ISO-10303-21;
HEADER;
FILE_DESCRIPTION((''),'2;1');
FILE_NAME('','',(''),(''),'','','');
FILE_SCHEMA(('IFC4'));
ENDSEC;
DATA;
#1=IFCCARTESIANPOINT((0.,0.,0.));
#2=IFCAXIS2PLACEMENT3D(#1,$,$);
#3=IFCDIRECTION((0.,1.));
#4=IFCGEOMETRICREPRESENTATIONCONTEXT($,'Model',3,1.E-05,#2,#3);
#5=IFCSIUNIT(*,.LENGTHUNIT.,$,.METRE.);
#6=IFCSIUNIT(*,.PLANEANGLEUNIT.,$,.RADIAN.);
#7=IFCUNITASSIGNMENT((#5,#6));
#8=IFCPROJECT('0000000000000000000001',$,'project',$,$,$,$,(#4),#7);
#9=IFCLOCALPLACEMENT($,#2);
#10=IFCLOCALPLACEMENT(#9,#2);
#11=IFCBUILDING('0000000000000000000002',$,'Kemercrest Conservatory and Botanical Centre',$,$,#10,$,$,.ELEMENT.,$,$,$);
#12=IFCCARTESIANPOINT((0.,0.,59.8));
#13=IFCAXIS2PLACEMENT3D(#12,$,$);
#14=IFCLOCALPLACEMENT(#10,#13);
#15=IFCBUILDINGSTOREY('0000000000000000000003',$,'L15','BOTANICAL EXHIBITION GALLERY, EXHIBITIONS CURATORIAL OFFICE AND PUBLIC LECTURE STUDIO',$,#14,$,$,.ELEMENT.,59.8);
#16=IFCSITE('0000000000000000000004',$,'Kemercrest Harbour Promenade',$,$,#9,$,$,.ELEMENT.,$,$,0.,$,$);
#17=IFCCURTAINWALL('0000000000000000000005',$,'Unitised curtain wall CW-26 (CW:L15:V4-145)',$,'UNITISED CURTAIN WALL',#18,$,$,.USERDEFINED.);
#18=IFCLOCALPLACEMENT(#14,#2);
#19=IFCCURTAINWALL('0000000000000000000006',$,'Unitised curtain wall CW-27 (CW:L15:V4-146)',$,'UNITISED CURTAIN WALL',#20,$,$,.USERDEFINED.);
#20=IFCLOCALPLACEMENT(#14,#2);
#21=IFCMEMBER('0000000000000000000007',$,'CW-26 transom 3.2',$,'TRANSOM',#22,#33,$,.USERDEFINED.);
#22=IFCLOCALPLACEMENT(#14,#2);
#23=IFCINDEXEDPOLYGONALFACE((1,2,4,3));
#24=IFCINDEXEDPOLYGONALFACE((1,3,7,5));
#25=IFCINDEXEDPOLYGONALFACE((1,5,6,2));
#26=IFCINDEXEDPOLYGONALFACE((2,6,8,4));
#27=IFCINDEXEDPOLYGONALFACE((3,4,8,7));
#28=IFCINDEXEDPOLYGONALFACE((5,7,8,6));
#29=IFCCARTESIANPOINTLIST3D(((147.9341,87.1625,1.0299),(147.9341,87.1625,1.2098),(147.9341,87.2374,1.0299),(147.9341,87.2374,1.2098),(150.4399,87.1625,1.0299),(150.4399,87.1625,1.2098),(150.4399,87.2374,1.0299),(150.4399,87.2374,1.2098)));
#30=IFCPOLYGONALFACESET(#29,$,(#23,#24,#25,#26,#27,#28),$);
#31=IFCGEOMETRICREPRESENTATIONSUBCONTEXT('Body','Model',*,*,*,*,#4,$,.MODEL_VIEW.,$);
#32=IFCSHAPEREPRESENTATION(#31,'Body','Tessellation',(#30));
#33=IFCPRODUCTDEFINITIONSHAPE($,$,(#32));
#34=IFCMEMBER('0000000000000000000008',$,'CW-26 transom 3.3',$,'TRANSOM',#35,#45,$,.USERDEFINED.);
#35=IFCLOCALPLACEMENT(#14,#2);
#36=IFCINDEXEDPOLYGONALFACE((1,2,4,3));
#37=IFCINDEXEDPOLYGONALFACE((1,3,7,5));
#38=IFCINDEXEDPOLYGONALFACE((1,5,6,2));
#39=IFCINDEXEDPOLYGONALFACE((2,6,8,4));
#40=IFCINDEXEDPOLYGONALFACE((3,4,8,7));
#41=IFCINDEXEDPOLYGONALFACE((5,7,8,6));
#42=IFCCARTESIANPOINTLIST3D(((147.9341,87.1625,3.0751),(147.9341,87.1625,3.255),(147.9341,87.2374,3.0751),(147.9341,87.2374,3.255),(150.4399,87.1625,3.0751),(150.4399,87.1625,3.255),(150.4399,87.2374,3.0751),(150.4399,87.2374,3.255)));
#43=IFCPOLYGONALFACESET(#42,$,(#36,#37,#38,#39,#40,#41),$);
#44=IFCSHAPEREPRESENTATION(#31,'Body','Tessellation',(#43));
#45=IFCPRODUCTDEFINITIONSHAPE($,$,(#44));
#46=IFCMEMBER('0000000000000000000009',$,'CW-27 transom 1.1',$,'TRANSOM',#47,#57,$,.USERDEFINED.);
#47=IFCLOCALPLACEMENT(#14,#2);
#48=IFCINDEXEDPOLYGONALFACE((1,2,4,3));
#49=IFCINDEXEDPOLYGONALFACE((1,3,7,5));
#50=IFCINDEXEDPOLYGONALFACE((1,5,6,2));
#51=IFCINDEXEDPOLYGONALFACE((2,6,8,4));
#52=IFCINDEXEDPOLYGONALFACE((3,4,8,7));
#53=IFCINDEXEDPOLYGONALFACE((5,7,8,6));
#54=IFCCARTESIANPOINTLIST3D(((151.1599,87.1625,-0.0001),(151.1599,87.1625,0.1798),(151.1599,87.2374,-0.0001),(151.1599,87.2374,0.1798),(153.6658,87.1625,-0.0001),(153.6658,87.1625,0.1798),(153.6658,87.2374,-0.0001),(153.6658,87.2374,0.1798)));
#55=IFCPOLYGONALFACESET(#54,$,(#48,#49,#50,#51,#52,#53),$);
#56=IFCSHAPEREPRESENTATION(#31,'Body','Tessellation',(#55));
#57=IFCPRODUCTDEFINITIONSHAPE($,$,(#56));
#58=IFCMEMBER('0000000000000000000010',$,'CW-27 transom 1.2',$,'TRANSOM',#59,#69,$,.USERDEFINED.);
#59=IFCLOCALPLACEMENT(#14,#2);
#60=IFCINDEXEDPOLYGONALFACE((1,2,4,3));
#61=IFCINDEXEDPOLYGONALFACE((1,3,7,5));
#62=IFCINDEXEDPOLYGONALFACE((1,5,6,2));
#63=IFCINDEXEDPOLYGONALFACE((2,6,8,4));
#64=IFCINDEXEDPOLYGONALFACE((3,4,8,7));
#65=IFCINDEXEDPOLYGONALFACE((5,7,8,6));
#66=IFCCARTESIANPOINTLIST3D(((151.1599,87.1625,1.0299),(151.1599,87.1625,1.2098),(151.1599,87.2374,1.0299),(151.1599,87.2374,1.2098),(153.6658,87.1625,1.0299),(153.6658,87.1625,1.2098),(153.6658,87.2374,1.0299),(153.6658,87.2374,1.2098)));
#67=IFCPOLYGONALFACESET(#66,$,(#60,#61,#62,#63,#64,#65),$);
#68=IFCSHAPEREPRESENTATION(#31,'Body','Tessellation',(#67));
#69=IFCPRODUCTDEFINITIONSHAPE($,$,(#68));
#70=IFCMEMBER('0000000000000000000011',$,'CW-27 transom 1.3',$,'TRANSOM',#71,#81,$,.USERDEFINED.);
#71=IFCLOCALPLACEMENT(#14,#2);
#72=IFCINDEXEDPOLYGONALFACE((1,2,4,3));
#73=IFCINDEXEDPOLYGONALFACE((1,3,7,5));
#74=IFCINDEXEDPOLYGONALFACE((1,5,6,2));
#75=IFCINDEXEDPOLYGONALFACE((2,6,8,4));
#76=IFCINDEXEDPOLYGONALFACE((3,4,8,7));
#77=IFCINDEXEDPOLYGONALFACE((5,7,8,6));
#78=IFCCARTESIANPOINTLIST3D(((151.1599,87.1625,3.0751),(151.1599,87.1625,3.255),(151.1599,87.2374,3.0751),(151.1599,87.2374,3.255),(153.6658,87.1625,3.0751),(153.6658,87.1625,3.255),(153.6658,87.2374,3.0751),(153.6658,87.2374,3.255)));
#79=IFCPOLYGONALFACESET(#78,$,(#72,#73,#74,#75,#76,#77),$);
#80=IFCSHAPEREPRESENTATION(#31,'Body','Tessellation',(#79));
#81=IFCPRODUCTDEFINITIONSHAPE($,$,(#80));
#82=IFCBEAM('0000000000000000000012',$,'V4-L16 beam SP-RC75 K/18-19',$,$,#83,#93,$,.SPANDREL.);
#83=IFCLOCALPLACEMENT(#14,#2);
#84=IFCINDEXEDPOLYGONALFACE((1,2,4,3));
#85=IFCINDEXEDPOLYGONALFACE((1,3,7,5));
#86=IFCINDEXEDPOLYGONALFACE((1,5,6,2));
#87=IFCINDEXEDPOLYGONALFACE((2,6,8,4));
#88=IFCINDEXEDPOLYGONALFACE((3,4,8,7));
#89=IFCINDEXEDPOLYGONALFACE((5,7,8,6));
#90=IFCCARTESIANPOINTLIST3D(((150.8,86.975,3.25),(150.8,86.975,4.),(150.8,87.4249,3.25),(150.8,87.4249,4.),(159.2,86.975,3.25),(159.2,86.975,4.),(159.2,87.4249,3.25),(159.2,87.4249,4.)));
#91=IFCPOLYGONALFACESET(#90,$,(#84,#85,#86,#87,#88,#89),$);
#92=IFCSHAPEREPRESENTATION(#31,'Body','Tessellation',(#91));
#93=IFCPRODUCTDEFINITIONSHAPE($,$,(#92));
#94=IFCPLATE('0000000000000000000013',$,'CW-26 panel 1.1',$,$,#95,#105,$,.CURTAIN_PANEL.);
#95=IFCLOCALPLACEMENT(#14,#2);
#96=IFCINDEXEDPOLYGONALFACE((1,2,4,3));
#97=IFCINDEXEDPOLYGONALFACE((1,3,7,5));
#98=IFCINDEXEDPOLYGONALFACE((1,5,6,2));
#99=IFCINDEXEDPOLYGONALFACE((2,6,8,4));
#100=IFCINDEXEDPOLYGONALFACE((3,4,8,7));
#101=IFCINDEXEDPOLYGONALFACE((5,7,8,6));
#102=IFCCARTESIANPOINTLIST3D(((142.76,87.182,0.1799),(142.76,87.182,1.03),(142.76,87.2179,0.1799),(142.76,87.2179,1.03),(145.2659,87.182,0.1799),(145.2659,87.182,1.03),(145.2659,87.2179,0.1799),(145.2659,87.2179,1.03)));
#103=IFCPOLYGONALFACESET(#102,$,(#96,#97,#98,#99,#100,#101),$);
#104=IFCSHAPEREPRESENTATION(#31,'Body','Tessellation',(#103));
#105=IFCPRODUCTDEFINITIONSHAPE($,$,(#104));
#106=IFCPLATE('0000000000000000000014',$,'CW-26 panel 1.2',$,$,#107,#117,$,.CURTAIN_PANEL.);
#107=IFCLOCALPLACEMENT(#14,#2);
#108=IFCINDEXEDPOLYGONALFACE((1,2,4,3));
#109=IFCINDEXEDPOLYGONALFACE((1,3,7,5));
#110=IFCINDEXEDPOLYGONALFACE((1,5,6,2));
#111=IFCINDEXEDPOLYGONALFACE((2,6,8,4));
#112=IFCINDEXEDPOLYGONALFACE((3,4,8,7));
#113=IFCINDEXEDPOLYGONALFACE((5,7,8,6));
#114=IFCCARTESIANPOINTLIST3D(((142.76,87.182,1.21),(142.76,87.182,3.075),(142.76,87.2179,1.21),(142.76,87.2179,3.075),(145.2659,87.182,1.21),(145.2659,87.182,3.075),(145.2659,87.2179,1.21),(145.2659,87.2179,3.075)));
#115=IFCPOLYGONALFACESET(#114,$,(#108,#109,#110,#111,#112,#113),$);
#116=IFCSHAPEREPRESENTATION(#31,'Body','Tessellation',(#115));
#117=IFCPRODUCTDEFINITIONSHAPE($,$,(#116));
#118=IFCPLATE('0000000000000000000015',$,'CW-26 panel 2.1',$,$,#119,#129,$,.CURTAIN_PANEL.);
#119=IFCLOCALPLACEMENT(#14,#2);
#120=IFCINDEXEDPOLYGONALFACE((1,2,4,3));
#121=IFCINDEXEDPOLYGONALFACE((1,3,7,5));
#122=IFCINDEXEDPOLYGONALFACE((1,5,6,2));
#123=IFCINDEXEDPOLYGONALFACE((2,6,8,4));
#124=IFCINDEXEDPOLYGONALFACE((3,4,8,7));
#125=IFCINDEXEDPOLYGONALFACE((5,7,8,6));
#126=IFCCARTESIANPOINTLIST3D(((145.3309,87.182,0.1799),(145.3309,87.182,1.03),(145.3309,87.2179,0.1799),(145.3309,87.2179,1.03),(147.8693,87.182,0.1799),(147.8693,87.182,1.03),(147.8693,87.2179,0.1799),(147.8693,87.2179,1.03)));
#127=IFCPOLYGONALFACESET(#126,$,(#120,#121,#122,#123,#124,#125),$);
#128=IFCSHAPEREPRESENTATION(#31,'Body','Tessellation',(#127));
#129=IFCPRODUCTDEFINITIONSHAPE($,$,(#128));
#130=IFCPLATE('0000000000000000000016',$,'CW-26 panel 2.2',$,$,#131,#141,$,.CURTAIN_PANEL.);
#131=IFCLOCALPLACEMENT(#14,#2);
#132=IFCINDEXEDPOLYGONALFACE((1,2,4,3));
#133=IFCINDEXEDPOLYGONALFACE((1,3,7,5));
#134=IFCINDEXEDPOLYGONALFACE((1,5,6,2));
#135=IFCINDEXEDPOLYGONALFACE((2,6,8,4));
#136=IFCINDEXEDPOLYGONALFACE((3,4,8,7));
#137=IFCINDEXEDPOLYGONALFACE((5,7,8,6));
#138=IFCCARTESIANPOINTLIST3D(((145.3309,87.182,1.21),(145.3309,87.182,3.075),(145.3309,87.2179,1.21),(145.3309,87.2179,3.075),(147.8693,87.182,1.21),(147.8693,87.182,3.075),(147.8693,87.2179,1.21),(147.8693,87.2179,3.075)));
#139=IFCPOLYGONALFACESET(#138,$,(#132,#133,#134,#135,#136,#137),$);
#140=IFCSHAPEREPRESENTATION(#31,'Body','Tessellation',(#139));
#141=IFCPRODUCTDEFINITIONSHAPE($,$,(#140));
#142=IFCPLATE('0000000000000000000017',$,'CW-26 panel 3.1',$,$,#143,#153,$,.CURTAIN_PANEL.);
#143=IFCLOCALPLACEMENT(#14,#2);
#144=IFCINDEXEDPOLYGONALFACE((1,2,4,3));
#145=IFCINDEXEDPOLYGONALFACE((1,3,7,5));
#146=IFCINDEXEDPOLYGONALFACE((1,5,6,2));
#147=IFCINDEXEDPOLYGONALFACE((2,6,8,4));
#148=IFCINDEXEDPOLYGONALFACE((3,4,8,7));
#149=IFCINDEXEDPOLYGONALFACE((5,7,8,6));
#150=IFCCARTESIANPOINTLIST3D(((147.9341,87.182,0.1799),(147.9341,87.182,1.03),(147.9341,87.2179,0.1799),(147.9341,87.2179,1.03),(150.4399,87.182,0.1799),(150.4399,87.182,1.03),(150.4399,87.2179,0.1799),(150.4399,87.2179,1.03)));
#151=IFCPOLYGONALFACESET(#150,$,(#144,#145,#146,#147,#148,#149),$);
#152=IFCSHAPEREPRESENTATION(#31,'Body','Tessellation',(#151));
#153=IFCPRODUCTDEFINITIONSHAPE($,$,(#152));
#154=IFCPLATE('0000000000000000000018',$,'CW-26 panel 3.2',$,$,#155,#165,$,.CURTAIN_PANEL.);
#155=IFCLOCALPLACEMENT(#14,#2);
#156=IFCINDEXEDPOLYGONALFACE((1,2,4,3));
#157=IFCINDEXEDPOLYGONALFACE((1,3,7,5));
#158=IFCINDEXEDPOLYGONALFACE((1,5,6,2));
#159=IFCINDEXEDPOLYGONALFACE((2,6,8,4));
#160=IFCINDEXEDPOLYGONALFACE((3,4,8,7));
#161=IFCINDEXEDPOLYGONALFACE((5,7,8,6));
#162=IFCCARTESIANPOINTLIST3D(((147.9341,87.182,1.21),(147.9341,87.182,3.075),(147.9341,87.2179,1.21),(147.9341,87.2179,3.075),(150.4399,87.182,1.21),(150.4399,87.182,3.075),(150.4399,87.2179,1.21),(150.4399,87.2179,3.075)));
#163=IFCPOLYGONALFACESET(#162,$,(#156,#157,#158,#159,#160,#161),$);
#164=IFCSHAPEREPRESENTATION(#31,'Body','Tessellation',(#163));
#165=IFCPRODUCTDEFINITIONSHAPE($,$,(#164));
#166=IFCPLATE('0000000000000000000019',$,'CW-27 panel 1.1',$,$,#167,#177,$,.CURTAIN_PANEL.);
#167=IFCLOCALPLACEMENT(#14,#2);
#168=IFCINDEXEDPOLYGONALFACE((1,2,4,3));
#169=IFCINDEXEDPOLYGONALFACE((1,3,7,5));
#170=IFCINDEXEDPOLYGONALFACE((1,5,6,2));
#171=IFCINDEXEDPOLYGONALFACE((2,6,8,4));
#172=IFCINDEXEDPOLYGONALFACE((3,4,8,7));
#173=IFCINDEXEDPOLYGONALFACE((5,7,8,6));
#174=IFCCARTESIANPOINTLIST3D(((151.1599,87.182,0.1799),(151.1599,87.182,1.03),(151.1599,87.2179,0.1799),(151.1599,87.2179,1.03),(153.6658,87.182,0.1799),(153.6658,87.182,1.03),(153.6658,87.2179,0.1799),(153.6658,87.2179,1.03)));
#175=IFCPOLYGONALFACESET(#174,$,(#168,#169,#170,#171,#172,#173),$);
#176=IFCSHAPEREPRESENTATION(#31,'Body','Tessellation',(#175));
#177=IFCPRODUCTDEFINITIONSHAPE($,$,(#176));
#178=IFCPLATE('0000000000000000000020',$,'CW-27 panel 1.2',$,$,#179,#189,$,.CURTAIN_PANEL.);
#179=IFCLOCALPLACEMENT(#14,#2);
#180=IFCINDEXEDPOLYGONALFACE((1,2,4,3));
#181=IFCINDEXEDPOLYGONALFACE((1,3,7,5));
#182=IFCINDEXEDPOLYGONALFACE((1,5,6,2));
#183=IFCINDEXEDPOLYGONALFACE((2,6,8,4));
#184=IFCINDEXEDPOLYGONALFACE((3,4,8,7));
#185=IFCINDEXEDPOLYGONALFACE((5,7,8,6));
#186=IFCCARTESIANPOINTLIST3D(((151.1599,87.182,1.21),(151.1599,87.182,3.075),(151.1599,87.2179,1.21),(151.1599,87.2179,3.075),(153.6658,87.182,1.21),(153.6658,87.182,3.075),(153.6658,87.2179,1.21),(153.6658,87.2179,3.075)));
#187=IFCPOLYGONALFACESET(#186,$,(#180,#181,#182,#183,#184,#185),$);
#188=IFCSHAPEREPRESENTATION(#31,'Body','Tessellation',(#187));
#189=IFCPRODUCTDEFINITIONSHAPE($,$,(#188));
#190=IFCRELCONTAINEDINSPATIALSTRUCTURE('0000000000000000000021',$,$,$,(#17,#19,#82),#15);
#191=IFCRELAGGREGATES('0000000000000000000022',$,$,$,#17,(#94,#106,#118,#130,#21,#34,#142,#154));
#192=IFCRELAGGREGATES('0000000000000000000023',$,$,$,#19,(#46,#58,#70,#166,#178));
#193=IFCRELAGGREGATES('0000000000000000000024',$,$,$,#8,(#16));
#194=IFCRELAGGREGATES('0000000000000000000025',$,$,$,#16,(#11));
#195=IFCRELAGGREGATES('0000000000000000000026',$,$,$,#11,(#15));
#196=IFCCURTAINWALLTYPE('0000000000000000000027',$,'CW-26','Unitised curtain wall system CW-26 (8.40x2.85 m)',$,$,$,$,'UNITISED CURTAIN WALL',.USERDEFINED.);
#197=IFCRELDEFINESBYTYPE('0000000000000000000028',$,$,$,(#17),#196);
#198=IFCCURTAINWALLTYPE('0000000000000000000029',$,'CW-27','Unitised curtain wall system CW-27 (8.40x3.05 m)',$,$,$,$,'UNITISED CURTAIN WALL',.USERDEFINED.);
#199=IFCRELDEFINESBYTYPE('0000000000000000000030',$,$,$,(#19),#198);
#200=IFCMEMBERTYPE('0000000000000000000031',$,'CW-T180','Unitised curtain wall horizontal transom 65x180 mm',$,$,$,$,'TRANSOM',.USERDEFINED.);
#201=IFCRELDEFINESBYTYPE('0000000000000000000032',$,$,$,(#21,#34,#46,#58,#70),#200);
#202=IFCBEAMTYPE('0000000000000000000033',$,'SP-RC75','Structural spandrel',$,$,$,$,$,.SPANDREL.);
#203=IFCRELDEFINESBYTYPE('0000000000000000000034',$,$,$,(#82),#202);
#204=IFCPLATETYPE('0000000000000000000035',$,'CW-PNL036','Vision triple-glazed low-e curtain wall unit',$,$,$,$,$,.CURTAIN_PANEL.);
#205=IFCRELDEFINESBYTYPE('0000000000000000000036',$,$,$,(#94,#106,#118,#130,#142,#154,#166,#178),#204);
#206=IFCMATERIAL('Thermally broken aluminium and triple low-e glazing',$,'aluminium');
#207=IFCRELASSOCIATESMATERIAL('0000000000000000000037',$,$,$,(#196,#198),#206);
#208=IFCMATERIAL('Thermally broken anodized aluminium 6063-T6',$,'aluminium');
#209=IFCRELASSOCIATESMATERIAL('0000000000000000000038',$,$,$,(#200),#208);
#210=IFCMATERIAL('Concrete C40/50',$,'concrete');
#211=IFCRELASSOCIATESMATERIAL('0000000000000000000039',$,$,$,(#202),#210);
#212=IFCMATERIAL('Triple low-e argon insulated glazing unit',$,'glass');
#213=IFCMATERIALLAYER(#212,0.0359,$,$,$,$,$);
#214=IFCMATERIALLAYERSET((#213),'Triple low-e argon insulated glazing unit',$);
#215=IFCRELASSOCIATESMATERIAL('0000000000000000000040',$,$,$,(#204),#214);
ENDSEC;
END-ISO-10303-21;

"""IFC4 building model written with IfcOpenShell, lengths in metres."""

from ifc_helpers import new_model, si_unit, direction, frame, origin, origin_2d, place, context, subcontext, project, spatial, rectangle, extrude, material, layer, layer_set, material_profile, profile_set, type_object, element, aggregate, save


model = new_model("IFC4")

# Units and contexts
model_context = context("Model", 3, precision=1e-05, world=origin(), true_north=direction((0.0, 1.0)))
body_context = subcontext(model_context, "Body", "Model", "MODEL_VIEW")
ifc_project = project(units=[si_unit("LENGTHUNIT", "METRE"), si_unit("PLANEANGLEUNIT", "RADIAN")], contexts=[model_context])

# Site, building, storey
site_placement = place(None, origin())
site = spatial("IfcSite", under=ifc_project, at=site_placement, Name="Kemercrest Harbour Promenade", CompositionType="ELEMENT", RefElevation=0.0)
building_placement = place(site_placement, origin())
building = spatial("IfcBuilding", under=site, at=building_placement, Name="Kemercrest Conservatory and Botanical Centre", CompositionType="ELEMENT")
storey_placement = place(building_placement, frame((0.0, 0.0, 59.8)))
storey = spatial("IfcBuildingStorey", under=building, at=storey_placement, Name="L15", Description="BOTANICAL EXHIBITION GALLERY, EXHIBITIONS CURATORIAL OFFICE AND PUBLIC LECTURE STUDIO", CompositionType="ELEMENT", Elevation=59.8)

# Shared definitions
ifc_material_1 = material(Name="Concrete C40/50", Category="concrete")

# Curtain wall
ifc_material_2 = material(Name="Thermally broken aluminium and triple low-e glazing", Category="aluminium")
curtain_wall_type_1 = type_object("IfcCurtainWallType", Name="CW-26", Description="Unitised curtain wall system CW-26 (8.40x2.85 m)", ElementType="UNITISED CURTAIN WALL", PredefinedType="USERDEFINED", material=ifc_material_2)
curtain_wall_1_placement = place(storey_placement, origin())
curtain_wall_1 = element("IfcCurtainWall", 1, at=curtain_wall_1_placement, inside=storey, type_object=curtain_wall_type_1, Name="Unitised curtain wall CW-26 (CW:L15:V4-145)", ObjectType="UNITISED CURTAIN WALL", PredefinedType="USERDEFINED")
ifc_material_3 = material(Name="Thermally broken anodized aluminium 6063-T6", Category="aluminium")

# Curtain wall
curtain_wall_type_2 = type_object("IfcCurtainWallType", Name="CW-27", Description="Unitised curtain wall system CW-27 (8.40x3.05 m)", ElementType="UNITISED CURTAIN WALL", PredefinedType="USERDEFINED", material=ifc_material_2)
curtain_wall_2_placement = place(storey_placement, origin())
curtain_wall_2 = element("IfcCurtainWall", 2, at=curtain_wall_2_placement, inside=storey, type_object=curtain_wall_type_2, Name="Unitised curtain wall CW-27 (CW:L15:V4-146)", ObjectType="UNITISED CURTAIN WALL", PredefinedType="USERDEFINED")

# Members
ifc_material_profile_1 = material_profile(ifc_material_3, rectangle(XDim=0.075, YDim=0.1799, at=origin_2d()), Name="AL TRANSOM 75x180")
ifc_profile_set_1 = profile_set([ifc_material_profile_1], Name="Thermally broken anodized aluminium 6063-T6")
member_type_1 = type_object("IfcMemberType", Name="CW-T180", Description="Unitised curtain wall horizontal transom 65x180 mm", ElementType="TRANSOM", PredefinedType="USERDEFINED", material=ifc_profile_set_1)
member_1_placement = place(storey_placement, frame((147.9341, 87.2, 1.1199), z_axis=(1.0, 0.0, 0.0), x_axis=(0.0, 1.0, 0.0)))
member_1 = element("IfcMember", 3, at=member_1_placement, type_object=member_type_1, Name="CW-26 transom 3.2", ObjectType="TRANSOM", PredefinedType="USERDEFINED", context=body_context, shape_type="SweptSolid", body=[
    extrude(rectangle(XDim=0.075, YDim=0.1799, at=origin_2d()), origin(), (0.0, 0.0, 1.0), 2.5059),
])
member_2_placement = place(storey_placement, frame((147.9341, 87.2, 3.165), z_axis=(1.0, 0.0, 0.0), x_axis=(0.0, 1.0, 0.0)))
member_2 = element("IfcMember", 4, at=member_2_placement, type_object=member_type_1, Name="CW-26 transom 3.3", ObjectType="TRANSOM", PredefinedType="USERDEFINED", context=body_context, shape_type="SweptSolid", body=[
    extrude(rectangle(XDim=0.075, YDim=0.1799, at=origin_2d()), origin(), (0.0, 0.0, 1.0), 2.5059),
])
member_3_placement = place(storey_placement, frame((151.1599, 87.2, 0.0898), z_axis=(1.0, 0.0, 0.0), x_axis=(0.0, 1.0, 0.0)))
member_3 = element("IfcMember", 5, at=member_3_placement, type_object=member_type_1, Name="CW-27 transom 1.1", ObjectType="TRANSOM", PredefinedType="USERDEFINED", context=body_context, shape_type="SweptSolid", body=[
    extrude(rectangle(XDim=0.075, YDim=0.1799, at=origin_2d()), origin(), (0.0, 0.0, 1.0), 2.5059),
])
member_4_placement = place(storey_placement, frame((151.1599, 87.2, 1.1199), z_axis=(1.0, 0.0, 0.0), x_axis=(0.0, 1.0, 0.0)))
member_4 = element("IfcMember", 6, at=member_4_placement, type_object=member_type_1, Name="CW-27 transom 1.2", ObjectType="TRANSOM", PredefinedType="USERDEFINED", context=body_context, shape_type="SweptSolid", body=[
    extrude(rectangle(XDim=0.075, YDim=0.1799, at=origin_2d()), origin(), (0.0, 0.0, 1.0), 2.5059),
])
member_5_placement = place(storey_placement, frame((151.1599, 87.2, 3.165), z_axis=(1.0, 0.0, 0.0), x_axis=(0.0, 1.0, 0.0)))
member_5 = element("IfcMember", 7, at=member_5_placement, type_object=member_type_1, Name="CW-27 transom 1.3", ObjectType="TRANSOM", PredefinedType="USERDEFINED", context=body_context, shape_type="SweptSolid", body=[
    extrude(rectangle(XDim=0.075, YDim=0.1799, at=origin_2d()), origin(), (0.0, 0.0, 1.0), 2.5059),
])

# Beam
ifc_material_profile_2 = material_profile(ifc_material_1, rectangle(XDim=0.45, YDim=0.75, at=origin_2d()), Name="RC 450x750")
ifc_profile_set_2 = profile_set([ifc_material_profile_2], Name="Concrete C40/50")
beam_type_1 = type_object("IfcBeamType", Name="SP-RC75", Description="Structural spandrel", PredefinedType="SPANDREL", material=ifc_profile_set_2)
beam_1_placement = place(storey_placement, frame((150.8, 87.2, 3.625), z_axis=(1.0, 0.0, 0.0), x_axis=(0.0, 1.0, 0.0)))
element("IfcBeam", 8, at=beam_1_placement, inside=storey, type_object=beam_type_1, Name="V4-L16 beam SP-RC75 K/18-19", PredefinedType="SPANDREL", context=body_context, shape_type="SweptSolid", body=[
    extrude(rectangle(XDim=0.45, YDim=0.75, at=origin_2d()), origin(), (0.0, 0.0, 1.0), 8.3999),
])

# Plates
ifc_material_4 = material(Name="Triple low-e argon insulated glazing unit", Category="glass")
ifc_layer = layer(ifc_material_4, 0.0359)
ifc_layer_set = layer_set([ifc_layer], Name="Triple low-e argon insulated glazing unit")
plate_type = type_object("IfcPlateType", Name="CW-PNL036", Description="Vision triple-glazed low-e curtain wall unit", PredefinedType="CURTAIN_PANEL", material=ifc_layer_set)
plate_1_placement = place(storey_placement, frame((144.0129, 87.2, 0.1799), z_axis=(0.0, 0.0, 1.0), x_axis=(1.0, 0.0, 0.0)))
plate_1 = element("IfcPlate", 9, at=plate_1_placement, type_object=plate_type, Name="CW-26 panel 1.1", PredefinedType="CURTAIN_PANEL", context=body_context, shape_type="SweptSolid", body=[
    extrude(rectangle(XDim=2.5059, YDim=0.0359, at=origin_2d()), origin(), (0.0, 0.0, 1.0), 0.8501),
])
plate_2_placement = place(storey_placement, frame((144.0129, 87.2, 1.21), z_axis=(0.0, 0.0, 1.0), x_axis=(1.0, 0.0, 0.0)))
plate_2 = element("IfcPlate", 10, at=plate_2_placement, type_object=plate_type, Name="CW-26 panel 1.2", PredefinedType="CURTAIN_PANEL", context=body_context, shape_type="SweptSolid", body=[
    extrude(rectangle(XDim=2.5059, YDim=0.0359, at=origin_2d()), origin(), (0.0, 0.0, 1.0), 1.865),
])
plate_3_placement = place(storey_placement, frame((146.6001, 87.2, 0.1799), z_axis=(0.0, 0.0, 1.0), x_axis=(1.0, 0.0, 0.0)))
plate_3 = element("IfcPlate", 11, at=plate_3_placement, type_object=plate_type, Name="CW-26 panel 2.1", PredefinedType="CURTAIN_PANEL", context=body_context, shape_type="SweptSolid", body=[
    extrude(rectangle(XDim=2.5383, YDim=0.0359, at=origin_2d()), origin(), (0.0, 0.0, 1.0), 0.8501),
])
plate_4_placement = place(storey_placement, frame((146.6001, 87.2, 1.21), z_axis=(0.0, 0.0, 1.0), x_axis=(1.0, 0.0, 0.0)))
plate_4 = element("IfcPlate", 12, at=plate_4_placement, type_object=plate_type, Name="CW-26 panel 2.2", PredefinedType="CURTAIN_PANEL", context=body_context, shape_type="SweptSolid", body=[
    extrude(rectangle(XDim=2.5383, YDim=0.0359, at=origin_2d()), origin(), (0.0, 0.0, 1.0), 1.865),
])
plate_5_placement = place(storey_placement, frame((149.187, 87.2, 0.1799), z_axis=(0.0, 0.0, 1.0), x_axis=(1.0, 0.0, 0.0)))
plate_5 = element("IfcPlate", 13, at=plate_5_placement, type_object=plate_type, Name="CW-26 panel 3.1", PredefinedType="CURTAIN_PANEL", context=body_context, shape_type="SweptSolid", body=[
    extrude(rectangle(XDim=2.5059, YDim=0.0359, at=origin_2d()), origin(), (0.0, 0.0, 1.0), 0.8501),
])
plate_6_placement = place(storey_placement, frame((149.187, 87.2, 1.21), z_axis=(0.0, 0.0, 1.0), x_axis=(1.0, 0.0, 0.0)))
plate_6 = element("IfcPlate", 14, at=plate_6_placement, type_object=plate_type, Name="CW-26 panel 3.2", PredefinedType="CURTAIN_PANEL", context=body_context, shape_type="SweptSolid", body=[
    extrude(rectangle(XDim=2.5059, YDim=0.0359, at=origin_2d()), origin(), (0.0, 0.0, 1.0), 1.865),
])
aggregate(curtain_wall_1, [plate_1, plate_2, plate_3, plate_4, member_1, member_2, plate_5, plate_6])
plate_7_placement = place(storey_placement, frame((152.4128, 87.2, 0.1799), z_axis=(0.0, 0.0, 1.0), x_axis=(1.0, 0.0, 0.0)))
plate_7 = element("IfcPlate", 15, at=plate_7_placement, type_object=plate_type, Name="CW-27 panel 1.1", PredefinedType="CURTAIN_PANEL", context=body_context, shape_type="SweptSolid", body=[
    extrude(rectangle(XDim=2.5059, YDim=0.0359, at=origin_2d()), origin(), (0.0, 0.0, 1.0), 0.8501),
])
plate_8_placement = place(storey_placement, frame((152.4128, 87.2, 1.21), z_axis=(0.0, 0.0, 1.0), x_axis=(1.0, 0.0, 0.0)))
plate_8 = element("IfcPlate", 16, at=plate_8_placement, type_object=plate_type, Name="CW-27 panel 1.2", PredefinedType="CURTAIN_PANEL", context=body_context, shape_type="SweptSolid", body=[
    extrude(rectangle(XDim=2.5059, YDim=0.0359, at=origin_2d()), origin(), (0.0, 0.0, 1.0), 1.865),
])
aggregate(curtain_wall_2, [member_3, member_4, member_5, plate_7, plate_8])

save(model, "model.ifc")
